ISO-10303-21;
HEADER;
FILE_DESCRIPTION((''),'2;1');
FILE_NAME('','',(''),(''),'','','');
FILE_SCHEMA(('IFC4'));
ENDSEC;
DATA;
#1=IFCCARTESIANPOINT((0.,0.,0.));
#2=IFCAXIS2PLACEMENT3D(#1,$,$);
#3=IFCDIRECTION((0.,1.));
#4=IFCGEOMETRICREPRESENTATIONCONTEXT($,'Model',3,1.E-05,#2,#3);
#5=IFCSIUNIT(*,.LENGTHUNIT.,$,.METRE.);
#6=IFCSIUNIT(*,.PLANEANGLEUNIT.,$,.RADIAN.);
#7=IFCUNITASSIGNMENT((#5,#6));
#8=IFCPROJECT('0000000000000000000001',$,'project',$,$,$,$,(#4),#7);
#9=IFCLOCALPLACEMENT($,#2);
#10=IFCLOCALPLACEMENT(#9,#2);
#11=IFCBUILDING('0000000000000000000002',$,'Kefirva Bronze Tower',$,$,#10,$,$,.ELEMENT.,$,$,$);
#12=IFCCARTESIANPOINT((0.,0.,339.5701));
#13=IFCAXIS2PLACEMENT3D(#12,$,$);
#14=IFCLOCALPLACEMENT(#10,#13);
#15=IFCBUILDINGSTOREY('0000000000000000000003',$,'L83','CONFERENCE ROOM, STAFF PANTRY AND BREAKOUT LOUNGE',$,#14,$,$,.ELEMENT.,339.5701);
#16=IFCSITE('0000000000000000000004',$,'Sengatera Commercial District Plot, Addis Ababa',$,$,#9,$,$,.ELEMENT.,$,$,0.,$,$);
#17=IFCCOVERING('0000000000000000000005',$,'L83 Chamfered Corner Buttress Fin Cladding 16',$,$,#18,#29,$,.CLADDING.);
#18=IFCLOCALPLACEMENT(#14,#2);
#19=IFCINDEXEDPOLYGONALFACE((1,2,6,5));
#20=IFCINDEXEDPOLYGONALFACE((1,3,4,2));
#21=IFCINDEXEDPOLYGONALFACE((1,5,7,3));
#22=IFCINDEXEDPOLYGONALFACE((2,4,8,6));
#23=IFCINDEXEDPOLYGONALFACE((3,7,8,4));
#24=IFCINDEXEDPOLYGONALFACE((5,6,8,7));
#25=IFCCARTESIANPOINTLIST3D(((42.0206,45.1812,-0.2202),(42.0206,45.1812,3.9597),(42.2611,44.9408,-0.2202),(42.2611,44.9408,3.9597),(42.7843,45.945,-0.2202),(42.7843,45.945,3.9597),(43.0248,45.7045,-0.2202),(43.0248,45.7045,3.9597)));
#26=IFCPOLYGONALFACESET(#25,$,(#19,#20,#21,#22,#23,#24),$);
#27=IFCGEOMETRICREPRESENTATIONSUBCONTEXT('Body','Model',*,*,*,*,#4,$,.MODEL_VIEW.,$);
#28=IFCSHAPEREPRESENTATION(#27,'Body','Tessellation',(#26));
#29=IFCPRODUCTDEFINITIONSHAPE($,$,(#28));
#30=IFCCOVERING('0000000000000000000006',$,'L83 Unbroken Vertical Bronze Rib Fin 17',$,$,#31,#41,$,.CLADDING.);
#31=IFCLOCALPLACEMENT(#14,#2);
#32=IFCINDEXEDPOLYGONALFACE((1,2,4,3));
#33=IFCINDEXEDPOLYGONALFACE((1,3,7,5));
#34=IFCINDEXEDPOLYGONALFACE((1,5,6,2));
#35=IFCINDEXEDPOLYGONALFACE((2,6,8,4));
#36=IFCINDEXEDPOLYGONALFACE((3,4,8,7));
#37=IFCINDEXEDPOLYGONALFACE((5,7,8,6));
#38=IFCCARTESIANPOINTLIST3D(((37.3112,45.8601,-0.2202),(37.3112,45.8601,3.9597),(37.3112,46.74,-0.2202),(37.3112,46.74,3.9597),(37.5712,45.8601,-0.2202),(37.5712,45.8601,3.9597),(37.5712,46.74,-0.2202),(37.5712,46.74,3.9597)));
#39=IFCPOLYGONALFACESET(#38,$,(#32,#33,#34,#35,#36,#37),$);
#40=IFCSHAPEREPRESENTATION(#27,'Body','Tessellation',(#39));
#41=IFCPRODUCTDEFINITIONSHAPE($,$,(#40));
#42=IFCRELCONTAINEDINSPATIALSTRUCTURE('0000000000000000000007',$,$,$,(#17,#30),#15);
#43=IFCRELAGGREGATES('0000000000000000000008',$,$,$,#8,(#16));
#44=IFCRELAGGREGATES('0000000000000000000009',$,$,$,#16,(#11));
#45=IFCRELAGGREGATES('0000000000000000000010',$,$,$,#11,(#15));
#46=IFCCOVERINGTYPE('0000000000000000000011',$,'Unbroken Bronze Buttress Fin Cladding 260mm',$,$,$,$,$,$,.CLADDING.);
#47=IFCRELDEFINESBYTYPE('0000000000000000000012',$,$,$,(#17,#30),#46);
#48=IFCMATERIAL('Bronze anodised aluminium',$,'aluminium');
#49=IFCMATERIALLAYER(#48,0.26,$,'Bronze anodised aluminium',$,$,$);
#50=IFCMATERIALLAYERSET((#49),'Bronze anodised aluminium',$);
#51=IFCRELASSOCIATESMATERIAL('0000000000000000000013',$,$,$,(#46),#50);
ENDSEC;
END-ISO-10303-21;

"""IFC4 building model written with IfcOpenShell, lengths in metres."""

from ifc_helpers import new_model, si_unit, direction, frame, origin, origin_2d, place, context, subcontext, project, spatial, rectangle, extrude, material, layer, layer_set, type_object, element, save


model = new_model("IFC4")

# Units and contexts
model_context = context("Model", 3, precision=1e-05, world=origin(), true_north=direction((0.0, 1.0)))
body_context = subcontext(model_context, "Body", "Model", "MODEL_VIEW")
ifc_project = project(units=[si_unit("LENGTHUNIT", "METRE"), si_unit("PLANEANGLEUNIT", "RADIAN")], contexts=[model_context])

# Site, building, storey
site_placement = place(None, origin())
site = spatial("IfcSite", under=ifc_project, at=site_placement, Name="Sengatera Commercial District Plot, Addis Ababa", CompositionType="ELEMENT", RefElevation=0.0)
building_placement = place(site_placement, origin())
building = spatial("IfcBuilding", under=site, at=building_placement, Name="Kefirva Bronze Tower", CompositionType="ELEMENT")
storey_placement = place(building_placement, frame((0.0, 0.0, 339.5701)))
storey = spatial("IfcBuildingStorey", under=building, at=storey_placement, Name="L83", Description="CONFERENCE ROOM, STAFF PANTRY AND BREAKOUT LOUNGE", CompositionType="ELEMENT", Elevation=339.5701)

# Shared definitions
ifc_material_1 = material(Name="Bronze anodised aluminium", Category="aluminium")

# Coverings
ifc_layer_1 = layer(ifc_material_1, 0.26, Name="Bronze anodised aluminium")
ifc_layer_set_1 = layer_set([ifc_layer_1], Name="Bronze anodised aluminium")
covering_type_1 = type_object("IfcCoveringType", Name="Unbroken Bronze Buttress Fin Cladding 260mm", PredefinedType="CLADDING", material=ifc_layer_set_1)
for number, where, z_axis, x_axis, name in (
    (1, (42.5227, 45.4429, -0.2202), (0.0, 0.0, 1.0), (-0.707107, 0.707107, 0.0), "L83 Chamfered Corner Buttress Fin Cladding 16"),
):
    element("IfcCovering", number, at=place(storey_placement, frame(where, z_axis=z_axis, x_axis=x_axis)), inside=storey, type_object=covering_type_1, Name=name, PredefinedType="CLADDING", context=body_context, shape_type="SweptSolid", body=[
        extrude(rectangle(XDim=0.3401, YDim=1.0801, at=origin_2d()), origin(), (0.0, 0.0, 1.0), 4.1799),
    ])
covering_1_placement = place(storey_placement, frame((37.4412, 46.3, -0.2202), z_axis=(0.0, 0.0, 1.0), x_axis=(-1.0, 0.0, 0.0)))
element("IfcCovering", 2, at=covering_1_placement, inside=storey, type_object=covering_type_1, Name="L83 Unbroken Vertical Bronze Rib Fin 17", PredefinedType="CLADDING", context=body_context, shape_type="SweptSolid", body=[
    extrude(rectangle(XDim=0.26, YDim=0.8799, at=origin_2d()), origin(), (0.0, 0.0, 1.0), 4.1799),
])

save(model, "model.ifc")
